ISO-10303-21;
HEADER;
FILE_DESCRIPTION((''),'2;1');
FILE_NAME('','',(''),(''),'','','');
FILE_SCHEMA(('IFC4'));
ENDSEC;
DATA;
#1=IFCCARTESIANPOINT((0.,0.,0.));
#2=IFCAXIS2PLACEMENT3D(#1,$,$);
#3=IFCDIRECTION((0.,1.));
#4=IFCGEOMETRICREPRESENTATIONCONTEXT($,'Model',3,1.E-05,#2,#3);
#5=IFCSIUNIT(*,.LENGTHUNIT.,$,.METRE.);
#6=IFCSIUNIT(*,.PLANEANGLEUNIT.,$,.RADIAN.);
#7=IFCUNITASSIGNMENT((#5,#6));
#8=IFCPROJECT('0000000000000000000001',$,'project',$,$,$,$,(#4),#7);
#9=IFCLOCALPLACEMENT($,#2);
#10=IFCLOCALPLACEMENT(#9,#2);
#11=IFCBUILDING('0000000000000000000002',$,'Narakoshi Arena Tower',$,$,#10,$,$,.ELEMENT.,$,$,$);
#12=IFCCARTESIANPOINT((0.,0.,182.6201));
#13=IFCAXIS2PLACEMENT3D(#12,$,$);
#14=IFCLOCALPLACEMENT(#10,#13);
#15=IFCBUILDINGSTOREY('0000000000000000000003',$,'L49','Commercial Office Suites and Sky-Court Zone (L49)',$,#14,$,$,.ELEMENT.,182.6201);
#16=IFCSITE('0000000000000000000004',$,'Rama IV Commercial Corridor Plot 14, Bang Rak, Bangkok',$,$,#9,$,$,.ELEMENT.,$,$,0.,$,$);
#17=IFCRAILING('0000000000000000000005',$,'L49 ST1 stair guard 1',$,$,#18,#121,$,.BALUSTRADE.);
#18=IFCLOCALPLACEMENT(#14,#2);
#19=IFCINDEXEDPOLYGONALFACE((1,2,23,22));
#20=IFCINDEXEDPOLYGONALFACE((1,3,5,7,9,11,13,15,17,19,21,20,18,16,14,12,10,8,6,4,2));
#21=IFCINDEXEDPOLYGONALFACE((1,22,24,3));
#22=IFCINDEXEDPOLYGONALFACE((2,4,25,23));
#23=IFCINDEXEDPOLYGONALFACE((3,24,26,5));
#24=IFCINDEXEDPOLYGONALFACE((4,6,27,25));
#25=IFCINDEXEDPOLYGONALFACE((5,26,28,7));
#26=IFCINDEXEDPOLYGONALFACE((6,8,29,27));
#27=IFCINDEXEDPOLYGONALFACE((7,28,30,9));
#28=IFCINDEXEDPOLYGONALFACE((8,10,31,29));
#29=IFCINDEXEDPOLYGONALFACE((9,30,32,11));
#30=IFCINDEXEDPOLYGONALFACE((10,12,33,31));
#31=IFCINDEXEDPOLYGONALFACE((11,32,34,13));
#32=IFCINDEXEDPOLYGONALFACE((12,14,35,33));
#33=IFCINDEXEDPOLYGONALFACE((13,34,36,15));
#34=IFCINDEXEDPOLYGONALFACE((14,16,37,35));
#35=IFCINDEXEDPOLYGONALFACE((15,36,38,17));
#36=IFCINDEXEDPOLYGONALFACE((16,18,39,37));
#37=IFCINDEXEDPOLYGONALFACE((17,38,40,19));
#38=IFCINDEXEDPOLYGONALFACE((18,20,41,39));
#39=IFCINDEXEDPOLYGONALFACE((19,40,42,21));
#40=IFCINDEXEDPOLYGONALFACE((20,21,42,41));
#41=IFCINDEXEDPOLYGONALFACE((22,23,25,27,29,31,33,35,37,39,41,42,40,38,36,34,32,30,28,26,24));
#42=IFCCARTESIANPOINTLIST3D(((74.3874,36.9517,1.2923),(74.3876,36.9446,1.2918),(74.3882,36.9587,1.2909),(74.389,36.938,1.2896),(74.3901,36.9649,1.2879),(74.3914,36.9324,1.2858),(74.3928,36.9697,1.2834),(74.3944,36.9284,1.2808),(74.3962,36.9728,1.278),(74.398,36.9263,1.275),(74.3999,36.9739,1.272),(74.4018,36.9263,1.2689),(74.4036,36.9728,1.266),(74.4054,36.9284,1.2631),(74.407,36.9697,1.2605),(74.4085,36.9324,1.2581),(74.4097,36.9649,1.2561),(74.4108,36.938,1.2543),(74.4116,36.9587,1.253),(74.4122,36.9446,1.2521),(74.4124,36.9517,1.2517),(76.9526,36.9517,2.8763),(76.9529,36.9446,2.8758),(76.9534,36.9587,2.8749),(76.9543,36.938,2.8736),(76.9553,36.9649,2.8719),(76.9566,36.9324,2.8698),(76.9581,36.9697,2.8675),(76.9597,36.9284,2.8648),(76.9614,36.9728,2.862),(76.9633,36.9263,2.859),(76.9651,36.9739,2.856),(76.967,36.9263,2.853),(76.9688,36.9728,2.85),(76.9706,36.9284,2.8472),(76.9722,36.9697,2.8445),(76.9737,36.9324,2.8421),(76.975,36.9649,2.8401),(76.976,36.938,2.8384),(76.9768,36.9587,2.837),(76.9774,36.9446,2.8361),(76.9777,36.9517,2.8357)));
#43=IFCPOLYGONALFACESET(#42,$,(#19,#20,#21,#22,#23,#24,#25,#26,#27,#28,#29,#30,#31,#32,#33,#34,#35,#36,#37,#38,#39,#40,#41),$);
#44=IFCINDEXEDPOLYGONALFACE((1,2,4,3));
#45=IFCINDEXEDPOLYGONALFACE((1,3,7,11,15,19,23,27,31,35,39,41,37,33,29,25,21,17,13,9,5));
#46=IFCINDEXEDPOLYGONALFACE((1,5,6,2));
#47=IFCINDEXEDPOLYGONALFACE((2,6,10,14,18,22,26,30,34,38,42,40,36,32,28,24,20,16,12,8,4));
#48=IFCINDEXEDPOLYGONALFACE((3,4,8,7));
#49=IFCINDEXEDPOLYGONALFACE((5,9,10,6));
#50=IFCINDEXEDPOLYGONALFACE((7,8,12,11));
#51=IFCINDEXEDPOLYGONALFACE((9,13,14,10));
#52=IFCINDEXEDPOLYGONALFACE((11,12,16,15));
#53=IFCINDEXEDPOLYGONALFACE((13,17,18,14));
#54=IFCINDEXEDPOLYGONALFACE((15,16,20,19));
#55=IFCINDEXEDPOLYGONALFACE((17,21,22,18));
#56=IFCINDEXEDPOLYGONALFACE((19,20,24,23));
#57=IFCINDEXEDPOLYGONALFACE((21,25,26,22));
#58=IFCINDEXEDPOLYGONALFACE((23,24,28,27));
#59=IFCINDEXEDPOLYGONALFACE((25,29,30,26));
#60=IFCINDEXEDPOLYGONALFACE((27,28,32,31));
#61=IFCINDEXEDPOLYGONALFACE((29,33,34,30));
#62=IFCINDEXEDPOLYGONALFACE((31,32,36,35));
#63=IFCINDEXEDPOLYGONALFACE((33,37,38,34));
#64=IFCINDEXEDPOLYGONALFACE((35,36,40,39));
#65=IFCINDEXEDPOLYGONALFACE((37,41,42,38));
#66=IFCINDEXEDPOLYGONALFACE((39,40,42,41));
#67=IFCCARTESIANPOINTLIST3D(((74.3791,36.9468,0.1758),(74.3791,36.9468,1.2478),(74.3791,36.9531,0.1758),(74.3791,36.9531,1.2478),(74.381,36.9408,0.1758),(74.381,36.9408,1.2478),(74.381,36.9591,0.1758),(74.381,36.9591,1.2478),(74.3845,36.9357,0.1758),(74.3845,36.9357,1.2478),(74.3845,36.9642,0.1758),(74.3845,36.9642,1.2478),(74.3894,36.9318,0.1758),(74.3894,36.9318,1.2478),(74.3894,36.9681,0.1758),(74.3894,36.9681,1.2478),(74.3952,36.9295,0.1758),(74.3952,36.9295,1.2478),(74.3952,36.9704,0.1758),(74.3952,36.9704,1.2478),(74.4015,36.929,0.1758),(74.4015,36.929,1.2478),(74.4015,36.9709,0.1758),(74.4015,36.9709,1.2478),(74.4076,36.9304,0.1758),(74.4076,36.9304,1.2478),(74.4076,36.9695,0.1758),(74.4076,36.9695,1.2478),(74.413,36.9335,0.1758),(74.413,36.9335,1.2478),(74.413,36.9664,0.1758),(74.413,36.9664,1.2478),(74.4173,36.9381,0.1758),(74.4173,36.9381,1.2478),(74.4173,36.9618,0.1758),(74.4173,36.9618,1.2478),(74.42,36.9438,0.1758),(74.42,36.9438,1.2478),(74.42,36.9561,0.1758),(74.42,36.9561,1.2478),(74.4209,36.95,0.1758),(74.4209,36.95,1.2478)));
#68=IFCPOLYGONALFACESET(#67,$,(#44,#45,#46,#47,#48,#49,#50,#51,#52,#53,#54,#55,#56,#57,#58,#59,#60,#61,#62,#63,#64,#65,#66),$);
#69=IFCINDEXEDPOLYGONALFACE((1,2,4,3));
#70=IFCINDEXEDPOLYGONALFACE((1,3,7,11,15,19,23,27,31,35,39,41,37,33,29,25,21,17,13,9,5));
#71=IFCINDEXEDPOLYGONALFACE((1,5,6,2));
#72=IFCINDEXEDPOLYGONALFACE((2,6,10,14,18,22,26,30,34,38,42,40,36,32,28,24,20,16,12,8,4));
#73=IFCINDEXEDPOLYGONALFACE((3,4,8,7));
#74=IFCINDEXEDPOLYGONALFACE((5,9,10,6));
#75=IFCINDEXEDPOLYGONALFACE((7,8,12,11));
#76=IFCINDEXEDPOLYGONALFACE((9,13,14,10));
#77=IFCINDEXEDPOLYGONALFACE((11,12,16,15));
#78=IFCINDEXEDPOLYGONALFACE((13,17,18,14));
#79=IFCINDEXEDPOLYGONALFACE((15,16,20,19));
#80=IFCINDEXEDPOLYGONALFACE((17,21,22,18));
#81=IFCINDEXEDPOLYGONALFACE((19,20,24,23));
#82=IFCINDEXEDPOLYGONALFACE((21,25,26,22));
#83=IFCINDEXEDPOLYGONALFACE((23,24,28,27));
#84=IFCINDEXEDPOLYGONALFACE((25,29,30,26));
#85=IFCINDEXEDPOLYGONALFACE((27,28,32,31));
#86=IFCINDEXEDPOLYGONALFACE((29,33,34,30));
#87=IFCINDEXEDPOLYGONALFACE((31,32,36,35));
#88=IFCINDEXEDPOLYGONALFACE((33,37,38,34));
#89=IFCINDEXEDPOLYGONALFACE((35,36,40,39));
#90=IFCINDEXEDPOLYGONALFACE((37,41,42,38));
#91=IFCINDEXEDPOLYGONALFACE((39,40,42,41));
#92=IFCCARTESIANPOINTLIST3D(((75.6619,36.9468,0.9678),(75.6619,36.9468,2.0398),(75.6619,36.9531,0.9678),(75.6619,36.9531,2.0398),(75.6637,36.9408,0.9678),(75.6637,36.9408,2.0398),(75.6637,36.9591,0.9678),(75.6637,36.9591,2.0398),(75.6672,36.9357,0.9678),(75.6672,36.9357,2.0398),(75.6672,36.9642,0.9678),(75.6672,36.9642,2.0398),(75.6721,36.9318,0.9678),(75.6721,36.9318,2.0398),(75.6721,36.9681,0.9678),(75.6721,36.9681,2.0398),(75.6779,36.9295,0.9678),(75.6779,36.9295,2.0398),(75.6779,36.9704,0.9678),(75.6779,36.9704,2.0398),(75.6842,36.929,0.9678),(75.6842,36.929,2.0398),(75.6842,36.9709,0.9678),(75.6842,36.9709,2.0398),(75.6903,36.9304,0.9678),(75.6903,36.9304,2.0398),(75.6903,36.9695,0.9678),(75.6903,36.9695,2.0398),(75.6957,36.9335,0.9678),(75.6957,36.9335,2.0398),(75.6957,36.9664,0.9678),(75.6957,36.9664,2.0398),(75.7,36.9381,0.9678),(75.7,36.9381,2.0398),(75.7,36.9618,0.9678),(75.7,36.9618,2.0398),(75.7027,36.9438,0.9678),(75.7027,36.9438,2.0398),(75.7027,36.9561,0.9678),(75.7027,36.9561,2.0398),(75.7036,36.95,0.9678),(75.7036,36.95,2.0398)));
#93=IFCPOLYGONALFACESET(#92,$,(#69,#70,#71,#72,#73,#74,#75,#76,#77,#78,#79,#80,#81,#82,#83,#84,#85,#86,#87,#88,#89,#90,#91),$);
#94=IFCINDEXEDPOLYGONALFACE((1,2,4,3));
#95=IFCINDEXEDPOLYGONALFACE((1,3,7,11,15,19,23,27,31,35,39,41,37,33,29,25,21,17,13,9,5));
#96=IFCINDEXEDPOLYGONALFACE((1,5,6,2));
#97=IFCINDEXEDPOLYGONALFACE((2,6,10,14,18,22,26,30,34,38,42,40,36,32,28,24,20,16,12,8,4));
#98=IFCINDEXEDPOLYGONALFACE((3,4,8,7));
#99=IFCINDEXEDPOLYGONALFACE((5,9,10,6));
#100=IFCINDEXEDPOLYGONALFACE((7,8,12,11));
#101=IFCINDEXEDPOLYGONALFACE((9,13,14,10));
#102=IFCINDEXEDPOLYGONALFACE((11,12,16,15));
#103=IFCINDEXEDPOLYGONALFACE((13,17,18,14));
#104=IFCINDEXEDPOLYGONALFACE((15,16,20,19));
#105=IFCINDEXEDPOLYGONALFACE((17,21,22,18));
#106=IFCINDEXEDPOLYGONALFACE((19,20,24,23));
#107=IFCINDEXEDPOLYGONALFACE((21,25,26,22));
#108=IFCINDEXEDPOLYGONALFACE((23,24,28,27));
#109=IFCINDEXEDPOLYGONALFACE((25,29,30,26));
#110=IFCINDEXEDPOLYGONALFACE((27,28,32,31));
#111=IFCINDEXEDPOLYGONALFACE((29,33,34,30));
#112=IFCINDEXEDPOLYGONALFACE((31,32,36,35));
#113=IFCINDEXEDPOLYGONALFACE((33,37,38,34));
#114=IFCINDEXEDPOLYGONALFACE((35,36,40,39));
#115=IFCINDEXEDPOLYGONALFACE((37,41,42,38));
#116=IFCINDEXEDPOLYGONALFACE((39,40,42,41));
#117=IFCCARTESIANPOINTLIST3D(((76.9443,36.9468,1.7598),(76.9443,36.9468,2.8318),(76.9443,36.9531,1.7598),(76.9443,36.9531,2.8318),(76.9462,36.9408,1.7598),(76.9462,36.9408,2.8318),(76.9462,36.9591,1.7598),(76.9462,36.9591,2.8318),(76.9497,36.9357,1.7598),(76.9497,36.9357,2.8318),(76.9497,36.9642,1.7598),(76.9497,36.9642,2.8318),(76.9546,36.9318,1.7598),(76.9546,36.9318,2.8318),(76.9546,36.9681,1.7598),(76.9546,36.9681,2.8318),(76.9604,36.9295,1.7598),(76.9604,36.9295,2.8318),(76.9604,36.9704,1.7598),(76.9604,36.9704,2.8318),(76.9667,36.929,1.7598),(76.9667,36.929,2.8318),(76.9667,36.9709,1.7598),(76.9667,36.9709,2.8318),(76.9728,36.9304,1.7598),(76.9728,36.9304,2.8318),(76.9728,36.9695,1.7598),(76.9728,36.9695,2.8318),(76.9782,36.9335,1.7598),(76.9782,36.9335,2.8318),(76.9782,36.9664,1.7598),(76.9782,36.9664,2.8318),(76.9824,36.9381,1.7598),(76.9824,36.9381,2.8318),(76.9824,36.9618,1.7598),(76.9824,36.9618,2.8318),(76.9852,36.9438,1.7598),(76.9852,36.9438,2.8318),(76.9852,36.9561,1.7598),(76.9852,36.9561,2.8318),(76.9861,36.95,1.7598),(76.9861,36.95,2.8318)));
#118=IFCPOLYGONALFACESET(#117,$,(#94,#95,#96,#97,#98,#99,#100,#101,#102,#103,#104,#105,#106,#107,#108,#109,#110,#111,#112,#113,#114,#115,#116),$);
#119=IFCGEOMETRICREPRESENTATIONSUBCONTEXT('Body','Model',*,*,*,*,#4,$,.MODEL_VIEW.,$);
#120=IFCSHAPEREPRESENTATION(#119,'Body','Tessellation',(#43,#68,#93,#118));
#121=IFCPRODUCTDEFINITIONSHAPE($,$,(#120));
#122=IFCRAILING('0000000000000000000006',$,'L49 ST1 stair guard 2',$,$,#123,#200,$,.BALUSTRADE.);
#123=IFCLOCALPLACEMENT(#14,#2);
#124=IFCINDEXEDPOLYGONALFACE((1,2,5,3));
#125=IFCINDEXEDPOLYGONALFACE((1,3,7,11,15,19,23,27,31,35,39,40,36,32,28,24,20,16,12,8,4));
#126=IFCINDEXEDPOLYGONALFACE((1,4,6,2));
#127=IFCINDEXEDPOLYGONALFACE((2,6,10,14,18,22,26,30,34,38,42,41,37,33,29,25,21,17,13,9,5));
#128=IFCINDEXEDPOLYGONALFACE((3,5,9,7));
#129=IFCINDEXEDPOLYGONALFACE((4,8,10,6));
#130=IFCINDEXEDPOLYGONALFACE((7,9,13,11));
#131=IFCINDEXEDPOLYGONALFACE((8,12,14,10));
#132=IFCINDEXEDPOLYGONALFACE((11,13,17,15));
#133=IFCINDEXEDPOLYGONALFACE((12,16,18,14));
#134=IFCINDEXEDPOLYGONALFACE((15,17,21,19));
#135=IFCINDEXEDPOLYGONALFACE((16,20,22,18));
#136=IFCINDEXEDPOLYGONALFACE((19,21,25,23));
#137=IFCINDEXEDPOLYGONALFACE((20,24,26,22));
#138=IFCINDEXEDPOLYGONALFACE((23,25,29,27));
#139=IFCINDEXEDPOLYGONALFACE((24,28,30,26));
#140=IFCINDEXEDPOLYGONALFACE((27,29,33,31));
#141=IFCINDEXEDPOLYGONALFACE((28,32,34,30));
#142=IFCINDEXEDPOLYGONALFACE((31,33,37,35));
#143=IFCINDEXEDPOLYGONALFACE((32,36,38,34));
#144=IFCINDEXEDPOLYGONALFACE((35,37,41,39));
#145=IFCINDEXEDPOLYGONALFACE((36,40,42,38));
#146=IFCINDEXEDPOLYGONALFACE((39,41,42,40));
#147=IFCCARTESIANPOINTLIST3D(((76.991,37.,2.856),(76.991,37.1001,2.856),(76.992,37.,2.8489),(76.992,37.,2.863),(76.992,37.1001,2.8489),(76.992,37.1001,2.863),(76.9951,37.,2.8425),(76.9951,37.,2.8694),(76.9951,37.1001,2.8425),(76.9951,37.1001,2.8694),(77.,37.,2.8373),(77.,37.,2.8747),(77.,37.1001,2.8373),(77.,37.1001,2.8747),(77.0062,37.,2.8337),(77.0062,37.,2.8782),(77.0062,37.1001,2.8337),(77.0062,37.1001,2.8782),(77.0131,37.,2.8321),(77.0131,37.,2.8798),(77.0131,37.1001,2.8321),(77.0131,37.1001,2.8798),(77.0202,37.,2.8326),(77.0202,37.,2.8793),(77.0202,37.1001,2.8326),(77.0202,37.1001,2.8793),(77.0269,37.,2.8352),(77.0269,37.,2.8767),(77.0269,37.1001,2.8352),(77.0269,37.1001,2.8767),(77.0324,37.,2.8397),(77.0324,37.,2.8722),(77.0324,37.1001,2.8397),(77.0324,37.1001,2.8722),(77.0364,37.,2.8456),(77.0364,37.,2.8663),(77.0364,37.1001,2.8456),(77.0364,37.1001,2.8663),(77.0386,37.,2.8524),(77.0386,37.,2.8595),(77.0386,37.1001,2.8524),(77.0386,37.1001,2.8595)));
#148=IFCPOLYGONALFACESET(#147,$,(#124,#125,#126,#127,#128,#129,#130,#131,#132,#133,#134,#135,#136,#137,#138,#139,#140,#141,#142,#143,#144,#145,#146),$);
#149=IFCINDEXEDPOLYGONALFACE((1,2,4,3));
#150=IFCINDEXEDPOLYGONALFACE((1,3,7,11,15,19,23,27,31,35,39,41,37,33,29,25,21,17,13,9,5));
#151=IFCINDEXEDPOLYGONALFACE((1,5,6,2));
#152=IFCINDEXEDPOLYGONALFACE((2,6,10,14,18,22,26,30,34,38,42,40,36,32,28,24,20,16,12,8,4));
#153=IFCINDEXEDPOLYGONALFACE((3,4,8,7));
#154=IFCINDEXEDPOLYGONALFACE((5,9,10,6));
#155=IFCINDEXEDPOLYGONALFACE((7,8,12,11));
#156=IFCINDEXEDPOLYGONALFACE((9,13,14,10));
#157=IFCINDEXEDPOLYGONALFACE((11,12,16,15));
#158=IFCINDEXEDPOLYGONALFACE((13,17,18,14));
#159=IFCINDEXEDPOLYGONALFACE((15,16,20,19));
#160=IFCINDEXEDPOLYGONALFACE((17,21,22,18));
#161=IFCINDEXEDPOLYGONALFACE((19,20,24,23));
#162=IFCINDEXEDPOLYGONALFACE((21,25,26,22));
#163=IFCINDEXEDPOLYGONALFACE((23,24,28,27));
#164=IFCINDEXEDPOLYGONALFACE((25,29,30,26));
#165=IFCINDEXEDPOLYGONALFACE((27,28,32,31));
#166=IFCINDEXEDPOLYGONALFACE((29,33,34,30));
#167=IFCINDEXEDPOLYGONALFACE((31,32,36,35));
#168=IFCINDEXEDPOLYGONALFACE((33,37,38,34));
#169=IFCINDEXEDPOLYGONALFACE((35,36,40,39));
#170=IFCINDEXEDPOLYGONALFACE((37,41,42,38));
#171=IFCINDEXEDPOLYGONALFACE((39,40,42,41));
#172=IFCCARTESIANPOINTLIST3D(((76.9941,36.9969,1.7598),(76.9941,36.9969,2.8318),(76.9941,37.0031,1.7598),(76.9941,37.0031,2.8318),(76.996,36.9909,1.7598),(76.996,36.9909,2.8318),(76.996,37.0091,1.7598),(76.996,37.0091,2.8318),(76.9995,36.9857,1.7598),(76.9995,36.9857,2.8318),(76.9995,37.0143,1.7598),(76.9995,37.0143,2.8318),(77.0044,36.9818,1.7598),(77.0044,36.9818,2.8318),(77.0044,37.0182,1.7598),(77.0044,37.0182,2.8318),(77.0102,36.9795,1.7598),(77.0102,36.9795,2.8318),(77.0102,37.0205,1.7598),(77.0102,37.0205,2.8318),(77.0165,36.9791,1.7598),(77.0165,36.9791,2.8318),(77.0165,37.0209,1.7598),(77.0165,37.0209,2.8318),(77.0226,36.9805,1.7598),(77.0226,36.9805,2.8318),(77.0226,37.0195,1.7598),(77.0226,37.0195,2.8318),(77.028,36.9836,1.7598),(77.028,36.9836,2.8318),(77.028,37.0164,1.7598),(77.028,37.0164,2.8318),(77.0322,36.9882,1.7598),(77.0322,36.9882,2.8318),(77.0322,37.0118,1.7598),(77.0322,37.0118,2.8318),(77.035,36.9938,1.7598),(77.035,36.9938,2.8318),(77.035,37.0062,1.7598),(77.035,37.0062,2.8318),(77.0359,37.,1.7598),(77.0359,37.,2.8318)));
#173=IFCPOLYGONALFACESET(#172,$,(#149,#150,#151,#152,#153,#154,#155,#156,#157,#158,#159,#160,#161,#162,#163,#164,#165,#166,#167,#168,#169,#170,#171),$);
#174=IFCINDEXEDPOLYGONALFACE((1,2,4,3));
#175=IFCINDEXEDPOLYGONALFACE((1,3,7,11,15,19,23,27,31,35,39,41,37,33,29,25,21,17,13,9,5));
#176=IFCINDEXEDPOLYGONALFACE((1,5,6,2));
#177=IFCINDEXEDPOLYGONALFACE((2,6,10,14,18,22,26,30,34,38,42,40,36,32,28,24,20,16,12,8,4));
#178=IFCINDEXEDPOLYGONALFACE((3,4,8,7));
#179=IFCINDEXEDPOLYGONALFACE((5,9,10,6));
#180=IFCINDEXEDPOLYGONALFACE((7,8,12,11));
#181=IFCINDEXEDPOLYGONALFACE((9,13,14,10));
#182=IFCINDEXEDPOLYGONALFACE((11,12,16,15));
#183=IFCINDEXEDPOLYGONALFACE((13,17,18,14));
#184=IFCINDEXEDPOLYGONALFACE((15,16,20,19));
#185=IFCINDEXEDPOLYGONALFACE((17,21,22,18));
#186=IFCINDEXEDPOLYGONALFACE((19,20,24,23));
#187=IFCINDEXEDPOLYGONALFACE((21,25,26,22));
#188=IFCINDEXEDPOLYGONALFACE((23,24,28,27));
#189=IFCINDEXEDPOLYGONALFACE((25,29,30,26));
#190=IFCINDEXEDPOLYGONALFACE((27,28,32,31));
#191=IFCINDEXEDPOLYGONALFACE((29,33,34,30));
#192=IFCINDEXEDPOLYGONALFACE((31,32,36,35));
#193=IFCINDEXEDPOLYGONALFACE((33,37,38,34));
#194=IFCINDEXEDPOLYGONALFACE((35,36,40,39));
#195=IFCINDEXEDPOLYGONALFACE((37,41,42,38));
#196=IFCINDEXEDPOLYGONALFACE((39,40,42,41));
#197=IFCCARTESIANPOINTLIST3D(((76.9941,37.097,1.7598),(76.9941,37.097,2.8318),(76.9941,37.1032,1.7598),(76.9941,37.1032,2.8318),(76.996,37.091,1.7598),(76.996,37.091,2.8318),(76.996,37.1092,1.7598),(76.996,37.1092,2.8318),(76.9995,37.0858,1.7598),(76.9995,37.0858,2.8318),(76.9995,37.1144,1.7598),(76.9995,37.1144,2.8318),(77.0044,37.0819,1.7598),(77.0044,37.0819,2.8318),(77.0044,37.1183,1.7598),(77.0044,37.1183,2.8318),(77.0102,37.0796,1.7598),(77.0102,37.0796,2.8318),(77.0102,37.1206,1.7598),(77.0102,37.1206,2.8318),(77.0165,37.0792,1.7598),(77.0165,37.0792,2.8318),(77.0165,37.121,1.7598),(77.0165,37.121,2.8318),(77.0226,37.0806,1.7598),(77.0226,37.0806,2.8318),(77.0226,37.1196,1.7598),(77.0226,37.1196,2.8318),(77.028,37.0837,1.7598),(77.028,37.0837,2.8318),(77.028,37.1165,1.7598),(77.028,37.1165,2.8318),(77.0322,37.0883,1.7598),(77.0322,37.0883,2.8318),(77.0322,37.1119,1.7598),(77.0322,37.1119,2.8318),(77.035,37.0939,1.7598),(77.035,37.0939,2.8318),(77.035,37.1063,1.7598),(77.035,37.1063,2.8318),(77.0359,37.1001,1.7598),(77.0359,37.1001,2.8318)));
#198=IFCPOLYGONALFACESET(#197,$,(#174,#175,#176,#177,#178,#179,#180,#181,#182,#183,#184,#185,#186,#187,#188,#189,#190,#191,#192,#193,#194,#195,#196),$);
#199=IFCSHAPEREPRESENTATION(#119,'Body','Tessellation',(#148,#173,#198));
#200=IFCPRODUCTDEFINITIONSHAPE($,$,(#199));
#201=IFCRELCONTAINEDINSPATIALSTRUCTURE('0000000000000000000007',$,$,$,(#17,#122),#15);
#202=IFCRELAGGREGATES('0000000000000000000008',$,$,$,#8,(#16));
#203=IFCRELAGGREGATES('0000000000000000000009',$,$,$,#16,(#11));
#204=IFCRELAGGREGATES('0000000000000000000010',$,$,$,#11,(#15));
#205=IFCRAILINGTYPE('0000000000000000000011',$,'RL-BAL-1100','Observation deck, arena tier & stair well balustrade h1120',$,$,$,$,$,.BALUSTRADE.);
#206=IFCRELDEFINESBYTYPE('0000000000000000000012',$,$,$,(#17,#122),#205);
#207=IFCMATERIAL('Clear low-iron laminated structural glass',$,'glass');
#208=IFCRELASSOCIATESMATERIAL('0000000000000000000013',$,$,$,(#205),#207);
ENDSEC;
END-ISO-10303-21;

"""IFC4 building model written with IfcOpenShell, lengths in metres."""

from ifc_helpers import new_model, si_unit, direction, frame, origin, origin_2d, place, context, subcontext, project, spatial, circle, extrude, material, type_object, element, save


model = new_model("IFC4")

# Units and contexts
model_context = context("Model", 3, precision=1e-05, world=origin(), true_north=direction((0.0, 1.0)))
body_context = subcontext(model_context, "Body", "Model", "MODEL_VIEW")
ifc_project = project(units=[si_unit("LENGTHUNIT", "METRE"), si_unit("PLANEANGLEUNIT", "RADIAN")], contexts=[model_context])

# Site, building, storey
site_placement = place(None, origin())
site = spatial("IfcSite", under=ifc_project, at=site_placement, Name="Rama IV Commercial Corridor Plot 14, Bang Rak, Bangkok", CompositionType="ELEMENT", RefElevation=0.0)
building_placement = place(site_placement, origin())
building = spatial("IfcBuilding", under=site, at=building_placement, Name="Narakoshi Arena Tower", CompositionType="ELEMENT")
storey_placement = place(building_placement, frame((0.0, 0.0, 182.6201)))
storey = spatial("IfcBuildingStorey", under=building, at=storey_placement, Name="L49", Description="Commercial Office Suites and Sky-Court Zone (L49)", CompositionType="ELEMENT", Elevation=182.6201)

# Railings
ifc_material_1 = material(Name="Clear low-iron laminated structural glass", Category="glass")
railing_type_1 = type_object("IfcRailingType", Name="RL-BAL-1100", Description="Observation deck, arena tier & stair well balustrade h1120", PredefinedType="BALUSTRADE", material=ifc_material_1)
railing_1_placement = place(storey_placement, frame((74.3999, 36.95, 0.1758)))
element("IfcRailing", 1, at=railing_1_placement, inside=storey, type_object=railing_type_1, Name="L49 ST1 stair guard 1", PredefinedType="BALUSTRADE", context=body_context, shape_type="SweptSolid", body=[
    extrude(circle(Radius=0.0239, at=origin_2d()), frame((0.0, 0.0, 1.0962), z_axis=(0.850857, 0.0, 0.525398), x_axis=(0.0, 1.0, 0.0)), (0.0, 0.0, 1.0), 3.0149),
    extrude(circle(Radius=0.021, at=origin_2d()), origin(), (0.0, 0.0, 1.0), 1.072),
    extrude(circle(Radius=0.021, at=origin_2d()), frame((1.2827, 0.0, 0.792)), (0.0, 0.0, 1.0), 1.072),
    extrude(circle(Radius=0.021, at=origin_2d()), frame((2.5652, 0.0, 1.584)), (0.0, 0.0, 1.0), 1.072),
])
railing_2_placement = place(storey_placement, frame((77.0149, 37.0, 1.7598)))
element("IfcRailing", 2, at=railing_2_placement, inside=storey, type_object=railing_type_1, Name="L49 ST1 stair guard 2", PredefinedType="BALUSTRADE", context=body_context, shape_type="SweptSolid", body=[
    extrude(circle(Radius=0.0239, at=origin_2d()), frame((0.0, 0.0, 1.0962), z_axis=(0.0, 1.0, 0.0), x_axis=(-1.0, 0.0, 0.0)), (0.0, 0.0, 1.0), 0.1001),
    extrude(circle(Radius=0.021, at=origin_2d()), origin(), (0.0, 0.0, 1.0), 1.072),
    extrude(circle(Radius=0.021, at=origin_2d()), frame((0.0, 0.1001, 0.0)), (0.0, 0.0, 1.0), 1.072),
])

save(model, "model.ifc")
